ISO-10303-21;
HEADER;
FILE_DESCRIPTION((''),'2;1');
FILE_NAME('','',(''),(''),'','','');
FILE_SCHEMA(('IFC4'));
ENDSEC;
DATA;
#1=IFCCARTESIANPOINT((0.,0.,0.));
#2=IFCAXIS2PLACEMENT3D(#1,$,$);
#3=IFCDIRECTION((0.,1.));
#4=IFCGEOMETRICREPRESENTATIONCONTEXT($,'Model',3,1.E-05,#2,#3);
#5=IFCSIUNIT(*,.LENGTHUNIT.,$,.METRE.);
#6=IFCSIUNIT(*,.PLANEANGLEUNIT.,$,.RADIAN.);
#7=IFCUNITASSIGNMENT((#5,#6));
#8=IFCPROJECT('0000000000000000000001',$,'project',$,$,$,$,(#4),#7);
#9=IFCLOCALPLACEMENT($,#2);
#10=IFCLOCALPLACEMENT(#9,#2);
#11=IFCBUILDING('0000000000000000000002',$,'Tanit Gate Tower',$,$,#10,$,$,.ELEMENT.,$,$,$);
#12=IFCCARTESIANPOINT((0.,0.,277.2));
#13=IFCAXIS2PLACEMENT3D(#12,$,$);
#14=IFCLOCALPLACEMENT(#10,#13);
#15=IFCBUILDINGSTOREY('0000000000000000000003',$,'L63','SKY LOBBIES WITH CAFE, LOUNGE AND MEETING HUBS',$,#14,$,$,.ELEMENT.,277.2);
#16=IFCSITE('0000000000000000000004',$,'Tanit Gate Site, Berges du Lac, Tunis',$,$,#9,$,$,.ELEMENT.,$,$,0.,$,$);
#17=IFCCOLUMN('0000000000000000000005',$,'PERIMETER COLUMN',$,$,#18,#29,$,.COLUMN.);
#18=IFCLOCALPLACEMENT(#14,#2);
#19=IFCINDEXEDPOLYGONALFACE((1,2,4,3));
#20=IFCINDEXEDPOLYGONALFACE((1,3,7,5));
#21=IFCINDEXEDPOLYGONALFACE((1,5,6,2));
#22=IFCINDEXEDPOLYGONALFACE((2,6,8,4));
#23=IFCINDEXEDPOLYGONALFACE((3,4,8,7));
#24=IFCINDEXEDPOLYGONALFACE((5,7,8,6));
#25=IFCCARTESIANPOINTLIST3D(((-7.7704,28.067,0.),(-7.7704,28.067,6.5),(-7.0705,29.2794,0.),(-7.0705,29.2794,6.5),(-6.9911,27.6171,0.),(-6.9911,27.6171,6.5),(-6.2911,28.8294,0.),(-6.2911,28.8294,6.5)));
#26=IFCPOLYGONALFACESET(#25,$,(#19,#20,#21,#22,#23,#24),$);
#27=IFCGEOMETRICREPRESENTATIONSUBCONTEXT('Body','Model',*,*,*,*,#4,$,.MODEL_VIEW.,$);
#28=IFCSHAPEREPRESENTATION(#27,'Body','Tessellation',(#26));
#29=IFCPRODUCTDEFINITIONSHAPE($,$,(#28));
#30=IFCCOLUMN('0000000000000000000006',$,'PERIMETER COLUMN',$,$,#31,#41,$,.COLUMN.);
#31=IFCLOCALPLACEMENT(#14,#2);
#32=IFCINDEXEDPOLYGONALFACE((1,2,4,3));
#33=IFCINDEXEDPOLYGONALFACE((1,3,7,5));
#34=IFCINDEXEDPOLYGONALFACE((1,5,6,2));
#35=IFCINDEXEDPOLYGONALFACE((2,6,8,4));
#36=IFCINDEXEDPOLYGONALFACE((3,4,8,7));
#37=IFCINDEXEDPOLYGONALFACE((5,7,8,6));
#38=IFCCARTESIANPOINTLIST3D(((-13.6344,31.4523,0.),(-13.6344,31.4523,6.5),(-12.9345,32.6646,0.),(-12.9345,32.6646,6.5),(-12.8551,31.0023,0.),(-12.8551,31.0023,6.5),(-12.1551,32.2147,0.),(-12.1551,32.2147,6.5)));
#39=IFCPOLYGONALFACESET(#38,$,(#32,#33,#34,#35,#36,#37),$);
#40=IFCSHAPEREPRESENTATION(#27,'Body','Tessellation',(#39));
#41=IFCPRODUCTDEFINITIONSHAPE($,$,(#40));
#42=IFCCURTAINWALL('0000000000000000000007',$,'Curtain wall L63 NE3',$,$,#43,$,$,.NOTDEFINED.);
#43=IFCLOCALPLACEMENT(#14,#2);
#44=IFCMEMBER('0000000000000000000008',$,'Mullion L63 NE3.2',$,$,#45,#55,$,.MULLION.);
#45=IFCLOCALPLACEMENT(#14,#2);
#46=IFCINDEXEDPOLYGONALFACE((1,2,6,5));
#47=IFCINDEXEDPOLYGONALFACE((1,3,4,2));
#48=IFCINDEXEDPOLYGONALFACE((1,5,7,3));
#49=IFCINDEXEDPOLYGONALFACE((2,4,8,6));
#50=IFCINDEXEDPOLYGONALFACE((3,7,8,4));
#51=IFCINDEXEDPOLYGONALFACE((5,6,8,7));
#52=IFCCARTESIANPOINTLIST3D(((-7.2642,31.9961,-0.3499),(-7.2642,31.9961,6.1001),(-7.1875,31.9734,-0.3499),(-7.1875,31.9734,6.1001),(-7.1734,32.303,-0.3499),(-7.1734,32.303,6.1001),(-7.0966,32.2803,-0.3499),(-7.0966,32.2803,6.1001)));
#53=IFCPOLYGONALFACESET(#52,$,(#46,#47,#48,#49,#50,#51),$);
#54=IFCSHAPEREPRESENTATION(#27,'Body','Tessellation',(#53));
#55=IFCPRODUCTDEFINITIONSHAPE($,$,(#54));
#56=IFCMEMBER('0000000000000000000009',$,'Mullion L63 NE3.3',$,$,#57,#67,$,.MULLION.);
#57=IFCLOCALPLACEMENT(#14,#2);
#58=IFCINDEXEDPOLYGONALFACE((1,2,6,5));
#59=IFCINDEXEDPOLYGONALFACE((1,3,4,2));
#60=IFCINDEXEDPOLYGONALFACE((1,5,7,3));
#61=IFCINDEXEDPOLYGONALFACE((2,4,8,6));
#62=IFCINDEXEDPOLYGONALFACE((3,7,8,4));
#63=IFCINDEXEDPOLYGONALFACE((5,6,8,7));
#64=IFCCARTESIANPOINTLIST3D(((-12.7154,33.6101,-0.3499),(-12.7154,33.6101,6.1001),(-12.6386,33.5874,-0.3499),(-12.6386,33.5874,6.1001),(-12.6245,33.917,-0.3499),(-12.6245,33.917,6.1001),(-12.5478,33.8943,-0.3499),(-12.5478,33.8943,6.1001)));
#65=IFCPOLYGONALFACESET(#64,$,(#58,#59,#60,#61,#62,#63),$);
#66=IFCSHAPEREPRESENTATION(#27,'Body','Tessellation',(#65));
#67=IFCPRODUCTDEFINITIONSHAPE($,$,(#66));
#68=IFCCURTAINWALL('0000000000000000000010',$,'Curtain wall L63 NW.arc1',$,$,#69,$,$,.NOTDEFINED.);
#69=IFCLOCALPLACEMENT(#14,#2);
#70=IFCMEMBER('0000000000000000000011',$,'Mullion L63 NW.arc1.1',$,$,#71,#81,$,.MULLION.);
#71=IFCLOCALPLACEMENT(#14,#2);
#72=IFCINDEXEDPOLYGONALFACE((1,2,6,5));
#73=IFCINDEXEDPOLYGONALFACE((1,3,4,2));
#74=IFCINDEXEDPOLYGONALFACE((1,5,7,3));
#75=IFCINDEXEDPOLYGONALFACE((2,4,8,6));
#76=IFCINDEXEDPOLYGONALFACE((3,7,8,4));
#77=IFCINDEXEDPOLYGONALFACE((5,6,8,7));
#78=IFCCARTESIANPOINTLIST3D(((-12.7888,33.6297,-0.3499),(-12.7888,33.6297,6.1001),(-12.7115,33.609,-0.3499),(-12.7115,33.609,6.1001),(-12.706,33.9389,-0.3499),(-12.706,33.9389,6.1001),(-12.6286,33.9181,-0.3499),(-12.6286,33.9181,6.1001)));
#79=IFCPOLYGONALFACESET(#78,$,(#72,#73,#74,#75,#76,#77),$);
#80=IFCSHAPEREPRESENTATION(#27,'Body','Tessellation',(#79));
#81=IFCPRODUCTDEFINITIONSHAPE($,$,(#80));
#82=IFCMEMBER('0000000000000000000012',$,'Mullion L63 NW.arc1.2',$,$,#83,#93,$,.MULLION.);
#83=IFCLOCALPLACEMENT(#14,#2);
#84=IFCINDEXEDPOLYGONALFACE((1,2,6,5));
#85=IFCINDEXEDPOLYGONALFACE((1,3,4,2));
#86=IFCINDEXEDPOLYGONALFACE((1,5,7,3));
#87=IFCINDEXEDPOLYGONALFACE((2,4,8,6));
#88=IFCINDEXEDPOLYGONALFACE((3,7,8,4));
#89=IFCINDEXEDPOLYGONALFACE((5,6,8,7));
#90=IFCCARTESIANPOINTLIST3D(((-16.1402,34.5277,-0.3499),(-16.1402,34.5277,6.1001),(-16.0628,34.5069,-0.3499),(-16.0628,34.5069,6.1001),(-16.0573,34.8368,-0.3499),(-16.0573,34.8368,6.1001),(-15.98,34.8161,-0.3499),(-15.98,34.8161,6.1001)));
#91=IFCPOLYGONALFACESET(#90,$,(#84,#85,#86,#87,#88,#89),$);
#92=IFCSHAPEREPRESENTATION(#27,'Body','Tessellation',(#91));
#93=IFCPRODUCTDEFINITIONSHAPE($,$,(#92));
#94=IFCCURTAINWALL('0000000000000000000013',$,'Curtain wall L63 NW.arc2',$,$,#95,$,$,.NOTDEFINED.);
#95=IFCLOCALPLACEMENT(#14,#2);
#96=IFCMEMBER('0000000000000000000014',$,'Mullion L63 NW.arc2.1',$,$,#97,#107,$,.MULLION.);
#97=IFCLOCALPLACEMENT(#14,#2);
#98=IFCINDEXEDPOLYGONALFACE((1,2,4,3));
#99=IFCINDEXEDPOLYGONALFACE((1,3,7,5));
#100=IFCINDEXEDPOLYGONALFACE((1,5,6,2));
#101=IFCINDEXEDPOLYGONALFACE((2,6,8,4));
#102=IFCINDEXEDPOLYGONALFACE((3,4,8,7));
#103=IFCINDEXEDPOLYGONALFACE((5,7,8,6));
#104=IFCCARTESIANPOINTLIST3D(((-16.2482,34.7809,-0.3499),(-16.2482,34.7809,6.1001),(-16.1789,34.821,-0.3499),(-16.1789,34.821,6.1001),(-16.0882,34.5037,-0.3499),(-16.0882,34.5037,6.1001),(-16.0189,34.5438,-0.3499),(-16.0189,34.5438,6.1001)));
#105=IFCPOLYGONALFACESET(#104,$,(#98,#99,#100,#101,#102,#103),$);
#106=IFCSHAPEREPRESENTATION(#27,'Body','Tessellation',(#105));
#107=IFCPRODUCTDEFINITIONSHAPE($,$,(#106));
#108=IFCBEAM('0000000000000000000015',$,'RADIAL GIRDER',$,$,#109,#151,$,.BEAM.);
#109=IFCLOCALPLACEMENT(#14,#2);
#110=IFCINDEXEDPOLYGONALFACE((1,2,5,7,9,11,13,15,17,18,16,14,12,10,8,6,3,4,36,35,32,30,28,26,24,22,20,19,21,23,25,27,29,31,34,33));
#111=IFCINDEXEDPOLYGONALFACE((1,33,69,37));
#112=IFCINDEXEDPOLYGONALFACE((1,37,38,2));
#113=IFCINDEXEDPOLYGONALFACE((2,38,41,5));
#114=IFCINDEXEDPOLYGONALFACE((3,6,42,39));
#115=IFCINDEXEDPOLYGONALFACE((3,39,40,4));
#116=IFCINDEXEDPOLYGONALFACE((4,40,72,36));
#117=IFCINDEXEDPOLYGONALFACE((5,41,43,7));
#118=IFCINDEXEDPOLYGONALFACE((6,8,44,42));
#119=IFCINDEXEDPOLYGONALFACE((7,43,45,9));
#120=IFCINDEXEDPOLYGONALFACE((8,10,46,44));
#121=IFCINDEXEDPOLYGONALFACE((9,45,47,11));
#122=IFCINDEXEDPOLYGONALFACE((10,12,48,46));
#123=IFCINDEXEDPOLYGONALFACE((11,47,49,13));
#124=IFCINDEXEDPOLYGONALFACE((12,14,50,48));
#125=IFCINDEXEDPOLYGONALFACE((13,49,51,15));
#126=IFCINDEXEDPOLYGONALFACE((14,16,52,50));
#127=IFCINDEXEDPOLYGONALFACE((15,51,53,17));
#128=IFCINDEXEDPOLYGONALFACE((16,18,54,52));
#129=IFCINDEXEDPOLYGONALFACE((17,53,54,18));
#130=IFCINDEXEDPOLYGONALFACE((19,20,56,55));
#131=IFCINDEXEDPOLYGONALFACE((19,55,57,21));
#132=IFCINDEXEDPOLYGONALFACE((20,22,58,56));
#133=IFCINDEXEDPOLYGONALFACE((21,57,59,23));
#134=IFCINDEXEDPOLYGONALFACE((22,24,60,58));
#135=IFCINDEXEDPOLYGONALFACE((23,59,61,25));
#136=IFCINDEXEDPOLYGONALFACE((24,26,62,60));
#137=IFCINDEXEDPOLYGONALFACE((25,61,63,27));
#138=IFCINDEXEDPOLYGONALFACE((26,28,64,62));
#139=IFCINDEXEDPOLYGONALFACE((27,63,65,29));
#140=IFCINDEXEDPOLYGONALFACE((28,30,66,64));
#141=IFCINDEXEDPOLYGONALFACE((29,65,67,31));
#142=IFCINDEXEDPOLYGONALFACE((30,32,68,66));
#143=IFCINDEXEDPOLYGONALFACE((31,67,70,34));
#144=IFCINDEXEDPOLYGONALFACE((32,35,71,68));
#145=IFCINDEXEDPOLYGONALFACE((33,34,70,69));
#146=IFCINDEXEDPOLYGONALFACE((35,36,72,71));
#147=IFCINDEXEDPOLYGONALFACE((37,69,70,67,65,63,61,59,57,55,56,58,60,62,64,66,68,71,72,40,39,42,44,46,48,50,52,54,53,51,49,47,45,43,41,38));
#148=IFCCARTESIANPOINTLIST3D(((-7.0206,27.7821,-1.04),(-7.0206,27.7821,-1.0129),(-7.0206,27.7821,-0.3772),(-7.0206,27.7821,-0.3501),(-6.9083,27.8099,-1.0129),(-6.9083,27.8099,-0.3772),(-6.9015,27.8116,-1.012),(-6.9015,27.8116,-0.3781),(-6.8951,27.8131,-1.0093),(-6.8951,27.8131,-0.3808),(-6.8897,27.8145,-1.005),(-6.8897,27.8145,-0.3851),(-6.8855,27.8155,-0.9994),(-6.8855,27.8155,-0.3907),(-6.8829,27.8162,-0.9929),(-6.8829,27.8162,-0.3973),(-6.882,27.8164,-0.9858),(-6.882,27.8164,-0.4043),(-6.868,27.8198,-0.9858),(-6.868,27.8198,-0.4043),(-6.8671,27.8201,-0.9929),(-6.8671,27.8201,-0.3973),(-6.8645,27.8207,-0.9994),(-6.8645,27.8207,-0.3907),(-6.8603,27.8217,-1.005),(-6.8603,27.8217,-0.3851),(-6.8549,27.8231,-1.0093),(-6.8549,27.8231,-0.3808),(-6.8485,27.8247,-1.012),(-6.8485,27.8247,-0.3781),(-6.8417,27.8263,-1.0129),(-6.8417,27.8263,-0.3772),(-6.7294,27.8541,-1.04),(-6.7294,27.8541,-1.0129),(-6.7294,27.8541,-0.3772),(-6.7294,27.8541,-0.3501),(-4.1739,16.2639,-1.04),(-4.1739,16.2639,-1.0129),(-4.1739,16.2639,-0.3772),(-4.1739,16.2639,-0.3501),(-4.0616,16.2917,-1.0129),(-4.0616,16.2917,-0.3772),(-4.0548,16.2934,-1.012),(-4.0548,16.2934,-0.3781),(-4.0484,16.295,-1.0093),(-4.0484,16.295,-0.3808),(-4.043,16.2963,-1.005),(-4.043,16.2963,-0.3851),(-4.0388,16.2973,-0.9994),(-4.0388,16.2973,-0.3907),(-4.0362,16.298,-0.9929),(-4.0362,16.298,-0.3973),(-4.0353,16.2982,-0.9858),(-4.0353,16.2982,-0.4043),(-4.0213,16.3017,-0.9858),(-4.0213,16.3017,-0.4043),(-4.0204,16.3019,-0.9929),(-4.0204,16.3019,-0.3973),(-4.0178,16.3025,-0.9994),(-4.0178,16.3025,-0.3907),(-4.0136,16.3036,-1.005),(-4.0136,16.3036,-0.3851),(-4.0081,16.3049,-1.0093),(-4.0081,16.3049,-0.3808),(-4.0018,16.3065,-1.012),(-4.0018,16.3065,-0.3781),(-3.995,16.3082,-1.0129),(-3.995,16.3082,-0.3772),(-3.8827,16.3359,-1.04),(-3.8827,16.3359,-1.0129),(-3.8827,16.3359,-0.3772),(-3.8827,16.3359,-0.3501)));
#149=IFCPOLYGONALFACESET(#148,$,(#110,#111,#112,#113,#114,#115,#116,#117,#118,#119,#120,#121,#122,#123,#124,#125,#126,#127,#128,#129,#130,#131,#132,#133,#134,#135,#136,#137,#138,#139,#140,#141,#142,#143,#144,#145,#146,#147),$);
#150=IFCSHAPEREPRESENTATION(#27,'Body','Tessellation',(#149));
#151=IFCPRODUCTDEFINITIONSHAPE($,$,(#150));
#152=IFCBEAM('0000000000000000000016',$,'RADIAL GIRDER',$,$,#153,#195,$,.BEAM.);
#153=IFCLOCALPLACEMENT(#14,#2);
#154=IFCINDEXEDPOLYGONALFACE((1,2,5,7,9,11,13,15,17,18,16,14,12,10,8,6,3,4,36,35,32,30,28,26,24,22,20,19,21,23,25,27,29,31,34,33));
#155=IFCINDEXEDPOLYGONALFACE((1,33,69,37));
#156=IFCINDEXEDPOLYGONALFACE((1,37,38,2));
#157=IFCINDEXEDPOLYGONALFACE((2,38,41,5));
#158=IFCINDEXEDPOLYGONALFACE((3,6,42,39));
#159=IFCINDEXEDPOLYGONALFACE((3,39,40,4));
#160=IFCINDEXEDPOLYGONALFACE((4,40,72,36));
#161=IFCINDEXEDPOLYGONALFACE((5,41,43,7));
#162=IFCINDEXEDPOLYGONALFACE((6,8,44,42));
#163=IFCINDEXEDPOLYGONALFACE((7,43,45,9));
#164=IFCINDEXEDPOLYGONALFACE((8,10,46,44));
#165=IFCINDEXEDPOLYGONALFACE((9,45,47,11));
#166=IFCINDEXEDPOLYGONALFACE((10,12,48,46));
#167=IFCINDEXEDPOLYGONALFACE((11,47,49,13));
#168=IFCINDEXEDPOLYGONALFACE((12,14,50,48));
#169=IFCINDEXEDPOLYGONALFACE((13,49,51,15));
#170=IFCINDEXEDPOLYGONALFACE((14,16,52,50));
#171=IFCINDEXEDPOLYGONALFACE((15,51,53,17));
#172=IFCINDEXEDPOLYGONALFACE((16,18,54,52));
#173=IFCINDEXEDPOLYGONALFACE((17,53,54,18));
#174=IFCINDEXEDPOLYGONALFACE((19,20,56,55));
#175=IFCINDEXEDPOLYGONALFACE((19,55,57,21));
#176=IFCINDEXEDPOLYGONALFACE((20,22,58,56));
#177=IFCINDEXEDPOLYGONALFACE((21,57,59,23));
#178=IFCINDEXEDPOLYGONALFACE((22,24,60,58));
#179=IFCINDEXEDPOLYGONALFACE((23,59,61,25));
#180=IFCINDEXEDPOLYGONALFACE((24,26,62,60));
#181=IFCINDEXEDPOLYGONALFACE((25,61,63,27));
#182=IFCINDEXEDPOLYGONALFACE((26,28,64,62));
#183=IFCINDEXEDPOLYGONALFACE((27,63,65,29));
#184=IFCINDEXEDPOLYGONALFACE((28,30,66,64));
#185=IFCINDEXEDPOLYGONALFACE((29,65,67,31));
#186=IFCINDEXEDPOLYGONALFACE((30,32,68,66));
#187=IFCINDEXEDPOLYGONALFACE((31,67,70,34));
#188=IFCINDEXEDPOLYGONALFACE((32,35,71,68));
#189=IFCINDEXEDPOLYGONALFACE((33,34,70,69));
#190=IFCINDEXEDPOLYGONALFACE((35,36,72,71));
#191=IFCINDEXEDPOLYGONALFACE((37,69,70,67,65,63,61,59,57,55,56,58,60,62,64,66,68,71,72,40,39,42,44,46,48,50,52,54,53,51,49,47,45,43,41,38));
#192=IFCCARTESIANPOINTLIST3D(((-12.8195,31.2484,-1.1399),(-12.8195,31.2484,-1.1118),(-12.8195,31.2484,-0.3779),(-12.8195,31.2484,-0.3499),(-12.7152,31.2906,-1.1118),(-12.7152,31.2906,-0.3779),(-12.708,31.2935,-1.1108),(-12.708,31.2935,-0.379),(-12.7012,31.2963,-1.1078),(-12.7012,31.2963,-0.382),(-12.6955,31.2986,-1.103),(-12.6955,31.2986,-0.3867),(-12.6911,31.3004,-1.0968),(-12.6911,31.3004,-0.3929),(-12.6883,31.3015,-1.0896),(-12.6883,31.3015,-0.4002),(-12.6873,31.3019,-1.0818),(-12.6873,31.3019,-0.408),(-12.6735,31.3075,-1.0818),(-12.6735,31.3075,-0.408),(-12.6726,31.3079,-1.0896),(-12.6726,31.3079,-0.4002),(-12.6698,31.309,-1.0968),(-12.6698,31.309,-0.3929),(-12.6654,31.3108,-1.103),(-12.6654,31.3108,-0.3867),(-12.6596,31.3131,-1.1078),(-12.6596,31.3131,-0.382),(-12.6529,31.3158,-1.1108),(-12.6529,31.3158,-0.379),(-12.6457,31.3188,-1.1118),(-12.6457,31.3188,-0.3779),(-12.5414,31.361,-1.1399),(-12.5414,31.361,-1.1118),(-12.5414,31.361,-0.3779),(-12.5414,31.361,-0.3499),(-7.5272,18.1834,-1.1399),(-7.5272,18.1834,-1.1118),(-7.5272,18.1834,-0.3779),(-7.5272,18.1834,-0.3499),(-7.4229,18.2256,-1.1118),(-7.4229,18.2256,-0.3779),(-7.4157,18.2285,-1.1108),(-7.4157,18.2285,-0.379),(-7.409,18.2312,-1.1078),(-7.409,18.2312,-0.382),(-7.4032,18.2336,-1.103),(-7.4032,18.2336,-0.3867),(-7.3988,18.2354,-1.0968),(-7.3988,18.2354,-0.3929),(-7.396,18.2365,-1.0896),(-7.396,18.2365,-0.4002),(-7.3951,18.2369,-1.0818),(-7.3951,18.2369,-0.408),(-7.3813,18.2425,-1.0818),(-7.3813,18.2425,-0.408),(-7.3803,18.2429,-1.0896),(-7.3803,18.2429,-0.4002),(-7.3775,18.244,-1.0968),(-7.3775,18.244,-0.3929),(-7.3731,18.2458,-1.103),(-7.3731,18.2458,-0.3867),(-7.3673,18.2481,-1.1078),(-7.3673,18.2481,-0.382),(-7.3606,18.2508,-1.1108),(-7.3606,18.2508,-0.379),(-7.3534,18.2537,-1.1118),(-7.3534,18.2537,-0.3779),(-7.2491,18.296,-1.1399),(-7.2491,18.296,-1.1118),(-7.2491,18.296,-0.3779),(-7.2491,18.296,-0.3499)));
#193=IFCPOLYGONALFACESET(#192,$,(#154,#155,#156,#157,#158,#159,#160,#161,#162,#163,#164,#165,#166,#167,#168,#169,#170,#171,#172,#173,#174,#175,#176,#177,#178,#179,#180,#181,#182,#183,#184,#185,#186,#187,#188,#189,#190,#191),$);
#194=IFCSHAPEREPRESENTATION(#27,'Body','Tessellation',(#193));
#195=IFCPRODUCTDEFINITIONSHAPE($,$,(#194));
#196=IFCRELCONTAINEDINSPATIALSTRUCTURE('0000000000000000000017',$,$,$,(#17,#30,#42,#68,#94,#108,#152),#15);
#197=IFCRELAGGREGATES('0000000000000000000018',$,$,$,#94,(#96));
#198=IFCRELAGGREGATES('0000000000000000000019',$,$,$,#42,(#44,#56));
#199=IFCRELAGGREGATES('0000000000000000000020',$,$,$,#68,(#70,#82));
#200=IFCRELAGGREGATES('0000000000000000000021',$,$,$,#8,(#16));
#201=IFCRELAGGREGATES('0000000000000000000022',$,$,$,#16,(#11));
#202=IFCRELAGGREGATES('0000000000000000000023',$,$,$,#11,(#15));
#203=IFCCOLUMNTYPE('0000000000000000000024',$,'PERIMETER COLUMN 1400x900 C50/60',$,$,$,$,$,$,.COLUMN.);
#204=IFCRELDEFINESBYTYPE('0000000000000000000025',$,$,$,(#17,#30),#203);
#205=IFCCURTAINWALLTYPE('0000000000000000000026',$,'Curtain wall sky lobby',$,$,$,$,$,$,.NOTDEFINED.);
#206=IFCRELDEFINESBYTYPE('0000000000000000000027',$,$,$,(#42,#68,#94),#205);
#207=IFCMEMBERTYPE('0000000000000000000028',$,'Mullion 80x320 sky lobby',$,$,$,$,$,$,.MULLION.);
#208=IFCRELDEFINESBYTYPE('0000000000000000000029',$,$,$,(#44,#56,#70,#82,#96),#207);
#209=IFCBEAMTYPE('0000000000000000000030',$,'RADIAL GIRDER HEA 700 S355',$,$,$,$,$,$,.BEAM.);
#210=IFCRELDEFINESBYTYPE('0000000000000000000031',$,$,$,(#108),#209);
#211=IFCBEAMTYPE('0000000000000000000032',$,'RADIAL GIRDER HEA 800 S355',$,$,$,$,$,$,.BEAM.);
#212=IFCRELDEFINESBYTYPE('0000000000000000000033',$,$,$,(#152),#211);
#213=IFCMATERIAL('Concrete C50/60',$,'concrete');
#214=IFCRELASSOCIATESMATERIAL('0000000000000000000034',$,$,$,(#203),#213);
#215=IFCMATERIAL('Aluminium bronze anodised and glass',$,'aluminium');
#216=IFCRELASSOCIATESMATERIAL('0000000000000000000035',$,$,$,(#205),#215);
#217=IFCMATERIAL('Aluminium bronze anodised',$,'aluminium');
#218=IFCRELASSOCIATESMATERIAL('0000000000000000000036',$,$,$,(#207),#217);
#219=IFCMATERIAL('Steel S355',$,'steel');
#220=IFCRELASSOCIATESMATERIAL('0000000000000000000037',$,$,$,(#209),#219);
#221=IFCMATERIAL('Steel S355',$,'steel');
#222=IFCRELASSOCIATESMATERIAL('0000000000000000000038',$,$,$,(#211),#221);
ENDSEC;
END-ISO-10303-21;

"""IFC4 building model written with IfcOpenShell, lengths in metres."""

from ifc_helpers import new_model, si_unit, direction, frame, origin, origin_2d, place, context, subcontext, project, spatial, rectangle, i_section, extrude, material, material_profile, profile_set, type_object, element, aggregate, save


model = new_model("IFC4")

# Units and contexts
model_context = context("Model", 3, precision=1e-05, world=origin(), true_north=direction((0.0, 1.0)))
body_context = subcontext(model_context, "Body", "Model", "MODEL_VIEW")
ifc_project = project(units=[si_unit("LENGTHUNIT", "METRE"), si_unit("PLANEANGLEUNIT", "RADIAN")], contexts=[model_context])

# Site, building, storey
site_placement = place(None, origin())
site = spatial("IfcSite", under=ifc_project, at=site_placement, Name="Tanit Gate Site, Berges du Lac, Tunis", CompositionType="ELEMENT", RefElevation=0.0)
building_placement = place(site_placement, origin())
building = spatial("IfcBuilding", under=site, at=building_placement, Name="Tanit Gate Tower", CompositionType="ELEMENT")
storey_placement = place(building_placement, frame((0.0, 0.0, 277.2)))
storey = spatial("IfcBuildingStorey", under=building, at=storey_placement, Name="L63", Description="SKY LOBBIES WITH CAFE, LOUNGE AND MEETING HUBS", CompositionType="ELEMENT", Elevation=277.2)

# Columns
ifc_material_1 = material(Name="Concrete C50/60", Category="concrete")
ifc_material_profile_1 = material_profile(ifc_material_1, rectangle(XDim=1.3999, YDim=0.8999, at=origin_2d()), Name="RC 1400x900")
ifc_profile_set_1 = profile_set([ifc_material_profile_1], Name="Concrete C50/60")
column_type = type_object("IfcColumnType", Name="PERIMETER COLUMN 1400x900 C50/60", PredefinedType="COLUMN", material=ifc_profile_set_1)
for number, where, z_axis, x_axis, name in (
    (1, (-7.0308, 28.4482, 0.0), (0.0, 0.0, 1.0), (0.5, 0.866025, 0.0), "PERIMETER COLUMN"),
    (2, (-12.8948, 31.8335, 0.0), (0.0, 0.0, 1.0), (0.5, 0.866025, 0.0), "PERIMETER COLUMN"),
):
    element("IfcColumn", number, at=place(storey_placement, frame(where, z_axis=z_axis, x_axis=x_axis)), inside=storey, type_object=column_type, Name=name, PredefinedType="COLUMN", context=body_context, shape_type="SweptSolid", body=[
        extrude(rectangle(XDim=1.3999, YDim=0.8999, at=origin_2d()), origin(), (0.0, 0.0, 1.0), 6.5),
    ])

# Curtain walls, members
ifc_material_2 = material(Name="Aluminium bronze anodised and glass", Category="aluminium")
curtain_wall_type = type_object("IfcCurtainWallType", Name="Curtain wall sky lobby", PredefinedType="NOTDEFINED", material=ifc_material_2)
curtain_wall_1_placement = place(storey_placement, origin())
curtain_wall_1 = element("IfcCurtainWall", 3, at=curtain_wall_1_placement, inside=storey, type_object=curtain_wall_type, Name="Curtain wall L63 NE3", PredefinedType="NOTDEFINED")
ifc_material_3 = material(Name="Aluminium bronze anodised", Category="aluminium")
ifc_material_profile_2 = material_profile(ifc_material_3, rectangle(XDim=0.3201, YDim=0.0801, at=origin_2d()), Name="80x320 bronze mullion")
ifc_profile_set_2 = profile_set([ifc_material_profile_2], Name="Aluminium bronze anodised")
member_type_1 = type_object("IfcMemberType", Name="Mullion 80x320 sky lobby", PredefinedType="MULLION", material=ifc_profile_set_2)
member_1_placement = place(storey_placement, frame((-7.1804, 32.1382, -0.3499), z_axis=(0.0, 0.0, 1.0), x_axis=(-0.28392, -0.958848, 0.0)))
member_1 = element("IfcMember", 4, at=member_1_placement, type_object=member_type_1, Name="Mullion L63 NE3.2", PredefinedType="MULLION", context=body_context, shape_type="SweptSolid", body=[
    extrude(rectangle(XDim=0.3201, YDim=0.0801, at=origin_2d()), origin(), (0.0, 0.0, 1.0), 6.45),
])
member_2_placement = place(storey_placement, frame((-12.6316, 33.7522, -0.3499), z_axis=(0.0, 0.0, 1.0), x_axis=(-0.28392, -0.958848, 0.0)))
member_2 = element("IfcMember", 5, at=member_2_placement, type_object=member_type_1, Name="Mullion L63 NE3.3", PredefinedType="MULLION", context=body_context, shape_type="SweptSolid", body=[
    extrude(rectangle(XDim=0.3201, YDim=0.0801, at=origin_2d()), origin(), (0.0, 0.0, 1.0), 6.45),
])
curtain_wall_2_placement = place(storey_placement, origin())
curtain_wall_2 = element("IfcCurtainWall", 6, at=curtain_wall_2_placement, inside=storey, type_object=curtain_wall_type, Name="Curtain wall L63 NW.arc1", PredefinedType="NOTDEFINED")
member_3_placement = place(storey_placement, frame((-12.7087, 33.7739, -0.3499), z_axis=(0.0, 0.0, 1.0), x_axis=(-0.258819, -0.965926, 0.0)))
member_3 = element("IfcMember", 7, at=member_3_placement, type_object=member_type_1, Name="Mullion L63 NW.arc1.1", PredefinedType="MULLION", context=body_context, shape_type="SweptSolid", body=[
    extrude(rectangle(XDim=0.3201, YDim=0.0801, at=origin_2d()), origin(), (0.0, 0.0, 1.0), 6.45),
])
member_4_placement = place(storey_placement, frame((-16.0601, 34.6719, -0.3499), z_axis=(0.0, 0.0, 1.0), x_axis=(-0.258819, -0.965926, 0.0)))
member_4 = element("IfcMember", 8, at=member_4_placement, type_object=member_type_1, Name="Mullion L63 NW.arc1.2", PredefinedType="MULLION", context=body_context, shape_type="SweptSolid", body=[
    extrude(rectangle(XDim=0.3201, YDim=0.0801, at=origin_2d()), origin(), (0.0, 0.0, 1.0), 6.45),
])

# Curtain wall, member
curtain_wall_3_placement = place(storey_placement, origin())
curtain_wall_3 = element("IfcCurtainWall", 9, at=curtain_wall_3_placement, inside=storey, type_object=curtain_wall_type, Name="Curtain wall L63 NW.arc2", PredefinedType="NOTDEFINED")
member_5_placement = place(storey_placement, frame((-16.1335, 34.6624, -0.3499), z_axis=(0.0, 0.0, 1.0), x_axis=(0.5, -0.866025, 0.0)))
member_5 = element("IfcMember", 10, at=member_5_placement, type_object=member_type_1, Name="Mullion L63 NW.arc2.1", PredefinedType="MULLION", context=body_context, shape_type="SweptSolid", body=[
    extrude(rectangle(XDim=0.3201, YDim=0.0801, at=origin_2d()), origin(), (0.0, 0.0, 1.0), 6.45),
])

# Beams
ifc_material_4 = material(Name="Steel S355", Category="steel")
ifc_material_profile_3 = material_profile(ifc_material_4, i_section(OverallWidth=0.3, OverallDepth=0.6899, WebThickness=0.0144, FlangeThickness=0.0271, FilletRadius=0.0271, at=origin_2d()), Name="HEA 700")
ifc_profile_set_3 = profile_set([ifc_material_profile_3], Name="Steel S355")
beam_type_1 = type_object("IfcBeamType", Name="RADIAL GIRDER HEA 700 S355", PredefinedType="BEAM", material=ifc_profile_set_3)
beam_1_placement = place(storey_placement, frame((-6.875, 27.8181, -0.6951), z_axis=(0.23993, -0.97079, 0.0), x_axis=(0.97079, 0.23993, 0.0)))
element("IfcBeam", 11, at=beam_1_placement, inside=storey, type_object=beam_type_1, Name="RADIAL GIRDER", PredefinedType="BEAM", context=body_context, shape_type="SweptSolid", body=[
    extrude(i_section(OverallWidth=0.3, OverallDepth=0.6899, WebThickness=0.0144, FlangeThickness=0.0271, FilletRadius=0.0271, at=origin_2d()), origin(), (0.0, 0.0, 1.0), 11.8647),
])
ifc_material_5 = material(Name="Steel S355", Category="steel")
ifc_material_profile_4 = material_profile(ifc_material_5, i_section(OverallWidth=0.3, OverallDepth=0.79, WebThickness=0.0149, FlangeThickness=0.0281, FilletRadius=0.03, at=origin_2d()), Name="HEA 800")
ifc_profile_set_4 = profile_set([ifc_material_profile_4], Name="Steel S355")
beam_type_2 = type_object("IfcBeamType", Name="RADIAL GIRDER HEA 800 S355", PredefinedType="BEAM", material=ifc_profile_set_4)
beam_2_placement = place(storey_placement, frame((-12.6804, 31.3047, -0.7449), z_axis=(0.375439, -0.926847, 0.0), x_axis=(0.926847, 0.375439, 0.0)))
element("IfcBeam", 12, at=beam_2_placement, inside=storey, type_object=beam_type_2, Name="RADIAL GIRDER", PredefinedType="BEAM", context=body_context, shape_type="SweptSolid", body=[
    extrude(i_section(OverallWidth=0.3, OverallDepth=0.79, WebThickness=0.0149, FlangeThickness=0.0281, FilletRadius=0.03, at=origin_2d()), origin(), (0.0, 0.0, 1.0), 14.0962),
])

aggregate(curtain_wall_3, [member_5])

aggregate(curtain_wall_1, [member_1, member_2])
aggregate(curtain_wall_2, [member_3, member_4])

save(model, "model.ifc")
